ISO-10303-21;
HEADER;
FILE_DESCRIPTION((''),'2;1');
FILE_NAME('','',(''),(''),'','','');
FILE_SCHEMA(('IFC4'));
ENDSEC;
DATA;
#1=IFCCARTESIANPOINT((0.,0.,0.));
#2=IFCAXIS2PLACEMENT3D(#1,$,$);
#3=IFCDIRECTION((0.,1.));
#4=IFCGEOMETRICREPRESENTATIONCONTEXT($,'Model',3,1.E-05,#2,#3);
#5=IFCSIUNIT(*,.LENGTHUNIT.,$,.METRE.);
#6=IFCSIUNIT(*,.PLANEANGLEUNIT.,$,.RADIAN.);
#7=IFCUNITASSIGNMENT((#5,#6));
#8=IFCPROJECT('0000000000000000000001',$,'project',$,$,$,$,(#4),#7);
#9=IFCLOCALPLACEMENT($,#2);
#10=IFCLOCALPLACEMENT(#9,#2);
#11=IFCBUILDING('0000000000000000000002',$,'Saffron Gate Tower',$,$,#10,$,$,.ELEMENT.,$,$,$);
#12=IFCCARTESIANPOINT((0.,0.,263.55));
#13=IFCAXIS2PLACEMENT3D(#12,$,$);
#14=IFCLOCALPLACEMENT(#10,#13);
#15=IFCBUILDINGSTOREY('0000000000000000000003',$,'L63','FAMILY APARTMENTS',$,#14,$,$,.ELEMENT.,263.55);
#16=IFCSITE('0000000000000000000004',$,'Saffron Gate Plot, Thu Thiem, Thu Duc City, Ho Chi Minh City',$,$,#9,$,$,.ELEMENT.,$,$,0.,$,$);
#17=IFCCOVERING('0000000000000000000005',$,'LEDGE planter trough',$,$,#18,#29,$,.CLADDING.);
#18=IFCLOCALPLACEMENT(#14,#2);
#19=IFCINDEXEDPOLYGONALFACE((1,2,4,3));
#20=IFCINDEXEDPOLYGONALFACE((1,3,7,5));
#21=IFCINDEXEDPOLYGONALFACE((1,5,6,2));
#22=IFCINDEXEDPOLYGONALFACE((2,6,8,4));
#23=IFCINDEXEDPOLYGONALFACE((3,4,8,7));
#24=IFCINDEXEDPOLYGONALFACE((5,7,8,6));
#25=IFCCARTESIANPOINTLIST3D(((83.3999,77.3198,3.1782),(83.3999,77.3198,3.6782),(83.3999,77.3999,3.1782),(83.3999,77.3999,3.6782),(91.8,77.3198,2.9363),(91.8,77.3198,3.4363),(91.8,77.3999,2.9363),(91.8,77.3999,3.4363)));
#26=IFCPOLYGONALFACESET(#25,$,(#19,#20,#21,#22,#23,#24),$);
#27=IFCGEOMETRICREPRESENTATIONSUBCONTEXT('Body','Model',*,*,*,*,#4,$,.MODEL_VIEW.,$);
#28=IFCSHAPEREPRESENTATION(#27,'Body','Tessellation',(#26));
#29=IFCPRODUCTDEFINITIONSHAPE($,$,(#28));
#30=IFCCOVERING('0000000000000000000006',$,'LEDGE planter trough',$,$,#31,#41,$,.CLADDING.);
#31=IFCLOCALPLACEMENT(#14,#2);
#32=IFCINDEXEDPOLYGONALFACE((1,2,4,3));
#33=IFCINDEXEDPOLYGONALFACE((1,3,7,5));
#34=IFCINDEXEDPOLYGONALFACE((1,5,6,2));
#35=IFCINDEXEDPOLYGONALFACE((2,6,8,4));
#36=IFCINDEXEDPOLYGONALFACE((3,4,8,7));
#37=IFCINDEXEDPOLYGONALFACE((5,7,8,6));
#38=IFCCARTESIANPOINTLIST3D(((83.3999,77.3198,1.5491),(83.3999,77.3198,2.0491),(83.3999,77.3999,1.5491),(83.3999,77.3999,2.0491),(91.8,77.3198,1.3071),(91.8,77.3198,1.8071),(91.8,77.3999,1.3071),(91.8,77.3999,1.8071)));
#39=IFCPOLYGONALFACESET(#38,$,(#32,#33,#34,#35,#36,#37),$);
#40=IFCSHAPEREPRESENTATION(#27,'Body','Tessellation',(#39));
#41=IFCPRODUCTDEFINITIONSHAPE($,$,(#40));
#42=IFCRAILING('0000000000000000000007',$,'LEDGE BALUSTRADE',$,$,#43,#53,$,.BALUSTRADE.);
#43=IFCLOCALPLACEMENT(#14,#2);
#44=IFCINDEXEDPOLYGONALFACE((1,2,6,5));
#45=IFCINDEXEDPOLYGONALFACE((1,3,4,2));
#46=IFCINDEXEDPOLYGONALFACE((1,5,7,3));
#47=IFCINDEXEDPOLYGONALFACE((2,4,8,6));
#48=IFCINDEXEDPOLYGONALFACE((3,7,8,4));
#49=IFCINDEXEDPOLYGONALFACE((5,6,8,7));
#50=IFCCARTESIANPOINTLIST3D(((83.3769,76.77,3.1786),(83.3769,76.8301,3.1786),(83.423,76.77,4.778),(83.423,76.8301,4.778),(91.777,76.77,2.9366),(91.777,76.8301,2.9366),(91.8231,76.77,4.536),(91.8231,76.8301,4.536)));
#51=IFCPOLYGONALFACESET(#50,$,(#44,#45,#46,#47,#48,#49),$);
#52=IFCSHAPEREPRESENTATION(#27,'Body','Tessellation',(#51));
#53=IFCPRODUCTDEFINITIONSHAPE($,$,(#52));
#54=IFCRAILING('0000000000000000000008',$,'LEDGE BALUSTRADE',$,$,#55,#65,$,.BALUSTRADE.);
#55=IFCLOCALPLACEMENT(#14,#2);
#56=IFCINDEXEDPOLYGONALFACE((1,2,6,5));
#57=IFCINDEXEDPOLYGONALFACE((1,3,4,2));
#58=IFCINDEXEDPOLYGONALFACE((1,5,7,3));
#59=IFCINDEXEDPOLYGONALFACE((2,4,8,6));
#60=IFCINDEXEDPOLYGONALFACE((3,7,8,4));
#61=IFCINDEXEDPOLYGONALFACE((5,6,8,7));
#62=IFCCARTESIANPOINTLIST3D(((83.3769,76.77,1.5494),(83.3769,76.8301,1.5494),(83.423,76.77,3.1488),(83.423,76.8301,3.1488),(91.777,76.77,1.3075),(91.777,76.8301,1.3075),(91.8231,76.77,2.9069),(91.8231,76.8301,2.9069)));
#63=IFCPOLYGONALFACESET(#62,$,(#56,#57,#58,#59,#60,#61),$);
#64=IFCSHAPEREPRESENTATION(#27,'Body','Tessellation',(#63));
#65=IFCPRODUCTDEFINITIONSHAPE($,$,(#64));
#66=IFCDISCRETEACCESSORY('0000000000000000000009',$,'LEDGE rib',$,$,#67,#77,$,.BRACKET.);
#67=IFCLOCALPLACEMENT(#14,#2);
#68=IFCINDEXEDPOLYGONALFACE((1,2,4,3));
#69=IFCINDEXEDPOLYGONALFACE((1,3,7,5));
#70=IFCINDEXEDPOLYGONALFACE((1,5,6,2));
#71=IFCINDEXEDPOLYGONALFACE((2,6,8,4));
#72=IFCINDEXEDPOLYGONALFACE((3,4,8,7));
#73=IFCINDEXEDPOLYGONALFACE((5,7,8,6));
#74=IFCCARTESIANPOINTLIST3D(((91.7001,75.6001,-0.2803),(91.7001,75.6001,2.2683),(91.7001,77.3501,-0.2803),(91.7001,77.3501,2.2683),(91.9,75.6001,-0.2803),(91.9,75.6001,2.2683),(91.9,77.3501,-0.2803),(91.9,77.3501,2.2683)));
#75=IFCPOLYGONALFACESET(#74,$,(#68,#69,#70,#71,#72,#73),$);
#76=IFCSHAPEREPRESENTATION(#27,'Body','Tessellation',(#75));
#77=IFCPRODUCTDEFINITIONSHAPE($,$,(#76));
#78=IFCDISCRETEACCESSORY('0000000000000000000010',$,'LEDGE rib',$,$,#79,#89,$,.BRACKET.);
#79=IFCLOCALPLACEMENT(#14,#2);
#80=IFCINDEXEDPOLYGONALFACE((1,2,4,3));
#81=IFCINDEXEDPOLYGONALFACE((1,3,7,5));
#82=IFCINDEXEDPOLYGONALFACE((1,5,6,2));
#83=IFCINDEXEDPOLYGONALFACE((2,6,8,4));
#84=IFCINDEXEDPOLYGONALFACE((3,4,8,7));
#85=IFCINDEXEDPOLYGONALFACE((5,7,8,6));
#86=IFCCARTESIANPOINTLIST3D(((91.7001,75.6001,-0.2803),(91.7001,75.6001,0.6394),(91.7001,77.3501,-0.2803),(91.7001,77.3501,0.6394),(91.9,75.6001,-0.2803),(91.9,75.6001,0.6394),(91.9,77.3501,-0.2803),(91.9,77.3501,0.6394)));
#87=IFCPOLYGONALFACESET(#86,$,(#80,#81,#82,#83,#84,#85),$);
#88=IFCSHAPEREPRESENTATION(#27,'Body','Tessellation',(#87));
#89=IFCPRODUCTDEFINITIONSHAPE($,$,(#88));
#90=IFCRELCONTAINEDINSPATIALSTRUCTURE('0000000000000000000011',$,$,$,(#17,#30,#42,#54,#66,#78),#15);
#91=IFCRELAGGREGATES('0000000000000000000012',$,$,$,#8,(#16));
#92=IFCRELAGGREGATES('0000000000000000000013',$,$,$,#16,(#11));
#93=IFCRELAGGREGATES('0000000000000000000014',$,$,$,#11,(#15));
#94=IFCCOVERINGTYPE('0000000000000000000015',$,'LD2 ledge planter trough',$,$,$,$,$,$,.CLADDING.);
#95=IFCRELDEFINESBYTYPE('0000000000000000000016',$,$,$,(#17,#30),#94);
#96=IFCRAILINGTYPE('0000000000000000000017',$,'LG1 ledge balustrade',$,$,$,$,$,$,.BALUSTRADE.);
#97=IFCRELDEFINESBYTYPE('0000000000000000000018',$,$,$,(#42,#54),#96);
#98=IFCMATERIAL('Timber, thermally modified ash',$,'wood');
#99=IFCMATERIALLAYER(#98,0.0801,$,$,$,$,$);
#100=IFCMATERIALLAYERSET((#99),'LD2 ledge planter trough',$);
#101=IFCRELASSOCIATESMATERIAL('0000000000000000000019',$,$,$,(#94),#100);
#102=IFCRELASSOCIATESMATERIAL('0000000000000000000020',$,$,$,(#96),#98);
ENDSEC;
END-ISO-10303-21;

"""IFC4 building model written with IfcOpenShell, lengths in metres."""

from ifc_helpers import new_model, si_unit, direction, frame, origin, origin_2d, place, context, subcontext, project, spatial, polyline, rectangle, outline, extrude, material, layer, layer_set, type_object, element, save


model = new_model("IFC4")

# Units and contexts
model_context = context("Model", 3, precision=1e-05, world=origin(), true_north=direction((0.0, 1.0)))
body_context = subcontext(model_context, "Body", "Model", "MODEL_VIEW")
ifc_project = project(units=[si_unit("LENGTHUNIT", "METRE"), si_unit("PLANEANGLEUNIT", "RADIAN")], contexts=[model_context])

# Site, building, storey
site_placement = place(None, origin())
site = spatial("IfcSite", under=ifc_project, at=site_placement, Name="Saffron Gate Plot, Thu Thiem, Thu Duc City, Ho Chi Minh City", CompositionType="ELEMENT", RefElevation=0.0)
building_placement = place(site_placement, origin())
building = spatial("IfcBuilding", under=site, at=building_placement, Name="Saffron Gate Tower", CompositionType="ELEMENT")
storey_placement = place(building_placement, frame((0.0, 0.0, 263.55)))
storey = spatial("IfcBuildingStorey", under=building, at=storey_placement, Name="L63", Description="FAMILY APARTMENTS", CompositionType="ELEMENT", Elevation=263.55)

# Coverings
ifc_material_1 = material(Name="Timber, thermally modified ash", Category="wood")
ifc_layer_1 = layer(ifc_material_1, 0.0801)
ifc_layer_set_1 = layer_set([ifc_layer_1], Name="LD2 ledge planter trough")
covering_type_1 = type_object("IfcCoveringType", Name="LD2 ledge planter trough", PredefinedType="CLADDING", material=ifc_layer_set_1)
for number, where, z_axis, x_axis, name in (
    (1, (91.8, 77.3999, 2.9363), (0.0, 1.0, 0.0), (-0.999585, 0.0, 0.02879), "LEDGE planter trough"),
    (2, (91.8, 77.3999, 1.3071), (0.0, 1.0, 0.0), (-0.999585, 0.0, 0.02879), "LEDGE planter trough"),
):
    element("IfcCovering", number, at=place(storey_placement, frame(where, z_axis=z_axis, x_axis=x_axis)), inside=storey, type_object=covering_type_1, Name=name, PredefinedType="CLADDING", context=body_context, shape_type="SweptSolid", body=[
        extrude(outline(polyline([(0.0, 0.0), (8.4036, 0.0), (8.418, 0.4998), (0.0144, 0.4998), (0.0, 0.0)])), origin(), (0.0, 0.0, -1.0), 0.0801),
    ])

# Railings
railing_type = type_object("IfcRailingType", Name="LG1 ledge balustrade", PredefinedType="BALUSTRADE", material=ifc_material_1)
for number, where, name in (
    (3, (91.8, 76.8, 2.9363), "LEDGE BALUSTRADE"),
    (4, (91.8, 76.8, 1.3071), "LEDGE BALUSTRADE"),
):
    element("IfcRailing", number, at=place(storey_placement, frame(where)), inside=storey, type_object=railing_type, Name=name, PredefinedType="BALUSTRADE", context=body_context, shape_type="SweptSolid", body=[
        extrude(rectangle(XDim=0.0601, YDim=1.6001, at=origin_2d()), frame((0.0, 0.0, 0.8), z_axis=(-0.999585, 0.0, 0.02879), x_axis=(0.0, -1.0, 0.0)), (0.0, 0.0, 1.0), 8.4036),
    ])

# Discrete accessories
discrete_accessory_1_placement = place(storey_placement, frame((91.8, 76.4751, -0.2803), z_axis=(0.0, 0.0, 1.0), x_axis=(-1.0, 0.0, 0.0)))
element("IfcDiscreteAccessory", 5, at=discrete_accessory_1_placement, inside=storey, Name="LEDGE rib", PredefinedType="BRACKET", context=body_context, shape_type="SweptSolid", body=[
    extrude(rectangle(XDim=0.2, YDim=1.75, at=origin_2d()), origin(), (0.0, 0.0, 1.0), 2.5486),
])
discrete_accessory_2_placement = place(storey_placement, frame((91.8, 76.4751, -0.2803), z_axis=(0.0, 0.0, 1.0), x_axis=(-1.0, 0.0, 0.0)))
element("IfcDiscreteAccessory", 6, at=discrete_accessory_2_placement, inside=storey, Name="LEDGE rib", PredefinedType="BRACKET", context=body_context, shape_type="SweptSolid", body=[
    extrude(rectangle(XDim=0.2, YDim=1.75, at=origin_2d()), origin(), (0.0, 0.0, 1.0), 0.9197),
])

save(model, "model.ifc")
